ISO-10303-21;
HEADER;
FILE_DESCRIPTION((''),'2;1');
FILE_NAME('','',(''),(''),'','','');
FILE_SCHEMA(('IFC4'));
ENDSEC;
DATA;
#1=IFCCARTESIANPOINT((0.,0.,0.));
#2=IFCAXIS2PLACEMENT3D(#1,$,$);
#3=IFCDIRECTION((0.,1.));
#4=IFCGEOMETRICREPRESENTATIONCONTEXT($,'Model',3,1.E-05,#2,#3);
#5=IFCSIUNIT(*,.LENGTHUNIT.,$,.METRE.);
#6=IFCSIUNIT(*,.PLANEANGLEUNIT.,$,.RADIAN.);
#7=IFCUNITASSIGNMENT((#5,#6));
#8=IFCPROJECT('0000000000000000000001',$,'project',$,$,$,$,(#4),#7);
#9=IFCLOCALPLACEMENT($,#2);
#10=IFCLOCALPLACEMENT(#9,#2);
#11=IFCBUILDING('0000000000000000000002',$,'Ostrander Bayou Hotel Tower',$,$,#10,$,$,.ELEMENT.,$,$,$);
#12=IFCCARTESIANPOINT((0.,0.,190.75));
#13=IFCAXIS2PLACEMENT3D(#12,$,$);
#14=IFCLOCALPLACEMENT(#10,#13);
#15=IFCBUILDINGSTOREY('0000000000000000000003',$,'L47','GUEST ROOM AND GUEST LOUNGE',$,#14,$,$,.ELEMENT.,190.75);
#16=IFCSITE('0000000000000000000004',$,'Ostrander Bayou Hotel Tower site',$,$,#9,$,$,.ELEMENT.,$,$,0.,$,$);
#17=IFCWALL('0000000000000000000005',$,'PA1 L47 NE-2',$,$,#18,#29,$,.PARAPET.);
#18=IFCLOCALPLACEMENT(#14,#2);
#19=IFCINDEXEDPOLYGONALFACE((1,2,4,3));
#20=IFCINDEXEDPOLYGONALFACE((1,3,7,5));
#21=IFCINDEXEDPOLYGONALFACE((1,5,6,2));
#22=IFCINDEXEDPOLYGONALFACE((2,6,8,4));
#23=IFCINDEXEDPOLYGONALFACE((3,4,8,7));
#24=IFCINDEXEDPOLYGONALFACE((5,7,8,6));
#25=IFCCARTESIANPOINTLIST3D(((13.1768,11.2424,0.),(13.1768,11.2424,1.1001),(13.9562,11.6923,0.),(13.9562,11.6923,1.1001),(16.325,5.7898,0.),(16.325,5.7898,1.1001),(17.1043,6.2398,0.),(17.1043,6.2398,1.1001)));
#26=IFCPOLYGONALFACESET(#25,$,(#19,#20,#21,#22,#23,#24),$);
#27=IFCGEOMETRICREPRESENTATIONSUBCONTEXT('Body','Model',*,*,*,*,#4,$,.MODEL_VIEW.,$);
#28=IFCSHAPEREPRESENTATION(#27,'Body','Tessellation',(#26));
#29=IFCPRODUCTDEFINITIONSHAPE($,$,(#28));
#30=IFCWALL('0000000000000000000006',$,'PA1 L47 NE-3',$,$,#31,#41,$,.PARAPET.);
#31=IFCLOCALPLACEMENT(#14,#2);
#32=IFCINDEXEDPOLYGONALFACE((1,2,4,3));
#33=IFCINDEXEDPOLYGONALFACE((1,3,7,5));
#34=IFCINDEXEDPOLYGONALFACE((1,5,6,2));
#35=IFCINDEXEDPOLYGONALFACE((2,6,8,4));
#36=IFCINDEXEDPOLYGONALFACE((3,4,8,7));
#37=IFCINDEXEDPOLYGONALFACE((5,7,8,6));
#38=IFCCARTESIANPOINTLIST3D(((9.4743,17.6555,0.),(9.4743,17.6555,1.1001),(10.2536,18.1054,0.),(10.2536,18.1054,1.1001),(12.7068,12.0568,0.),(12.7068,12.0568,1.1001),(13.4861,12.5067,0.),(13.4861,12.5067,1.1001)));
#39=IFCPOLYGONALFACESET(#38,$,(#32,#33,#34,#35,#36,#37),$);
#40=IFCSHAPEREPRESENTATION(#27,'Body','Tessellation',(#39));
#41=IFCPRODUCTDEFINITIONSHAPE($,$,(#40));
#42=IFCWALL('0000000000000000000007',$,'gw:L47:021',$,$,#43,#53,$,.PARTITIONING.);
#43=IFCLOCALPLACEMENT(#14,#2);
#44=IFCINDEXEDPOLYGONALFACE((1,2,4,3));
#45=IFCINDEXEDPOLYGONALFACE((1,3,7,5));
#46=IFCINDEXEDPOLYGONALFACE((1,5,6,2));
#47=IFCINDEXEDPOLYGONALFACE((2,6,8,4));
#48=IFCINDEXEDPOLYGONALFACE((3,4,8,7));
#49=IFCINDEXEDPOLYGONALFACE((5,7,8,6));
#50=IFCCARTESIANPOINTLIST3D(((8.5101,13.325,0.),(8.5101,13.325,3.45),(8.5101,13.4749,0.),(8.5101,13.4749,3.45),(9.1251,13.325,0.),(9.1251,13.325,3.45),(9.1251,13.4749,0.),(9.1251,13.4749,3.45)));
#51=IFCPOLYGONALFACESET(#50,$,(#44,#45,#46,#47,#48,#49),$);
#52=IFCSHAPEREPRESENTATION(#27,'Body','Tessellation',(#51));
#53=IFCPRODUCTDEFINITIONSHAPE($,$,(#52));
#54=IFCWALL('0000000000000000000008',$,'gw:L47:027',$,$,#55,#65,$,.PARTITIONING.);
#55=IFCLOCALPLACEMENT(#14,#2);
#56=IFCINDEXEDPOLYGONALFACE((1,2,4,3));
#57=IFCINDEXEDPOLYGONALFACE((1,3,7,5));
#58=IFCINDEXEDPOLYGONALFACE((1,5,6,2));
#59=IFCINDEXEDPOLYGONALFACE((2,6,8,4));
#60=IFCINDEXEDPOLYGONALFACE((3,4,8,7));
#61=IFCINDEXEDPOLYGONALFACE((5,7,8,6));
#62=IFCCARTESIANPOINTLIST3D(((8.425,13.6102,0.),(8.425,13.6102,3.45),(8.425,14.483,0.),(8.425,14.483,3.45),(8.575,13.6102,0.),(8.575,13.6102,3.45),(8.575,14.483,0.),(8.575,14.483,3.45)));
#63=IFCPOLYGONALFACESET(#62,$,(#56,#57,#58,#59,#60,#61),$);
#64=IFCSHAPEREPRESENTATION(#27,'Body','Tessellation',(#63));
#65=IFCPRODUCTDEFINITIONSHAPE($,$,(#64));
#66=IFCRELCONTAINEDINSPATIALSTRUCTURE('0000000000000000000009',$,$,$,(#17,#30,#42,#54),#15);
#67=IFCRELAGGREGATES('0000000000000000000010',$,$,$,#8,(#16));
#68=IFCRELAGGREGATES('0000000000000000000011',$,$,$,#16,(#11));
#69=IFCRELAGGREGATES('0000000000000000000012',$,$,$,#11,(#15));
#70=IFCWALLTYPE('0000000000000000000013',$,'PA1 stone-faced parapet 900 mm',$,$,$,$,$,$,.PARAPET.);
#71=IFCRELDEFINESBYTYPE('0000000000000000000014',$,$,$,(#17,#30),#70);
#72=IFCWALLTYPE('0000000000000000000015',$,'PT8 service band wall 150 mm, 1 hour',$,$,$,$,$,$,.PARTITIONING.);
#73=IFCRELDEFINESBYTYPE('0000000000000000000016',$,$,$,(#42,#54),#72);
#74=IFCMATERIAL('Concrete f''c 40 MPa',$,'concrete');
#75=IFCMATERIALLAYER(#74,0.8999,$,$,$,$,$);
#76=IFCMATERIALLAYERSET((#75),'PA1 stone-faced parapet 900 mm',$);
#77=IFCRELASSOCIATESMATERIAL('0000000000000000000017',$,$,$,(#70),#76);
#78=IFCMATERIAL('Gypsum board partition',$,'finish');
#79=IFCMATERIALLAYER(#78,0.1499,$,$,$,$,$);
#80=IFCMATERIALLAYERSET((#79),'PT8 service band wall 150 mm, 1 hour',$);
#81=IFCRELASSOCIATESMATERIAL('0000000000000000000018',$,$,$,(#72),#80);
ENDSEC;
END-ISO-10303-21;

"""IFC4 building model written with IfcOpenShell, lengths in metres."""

from ifc_helpers import new_model, si_unit, direction, frame, frame_2d, origin, place, context, subcontext, project, spatial, rectangle, extrude, material, layer, layer_set, type_object, element, save


model = new_model("IFC4")

# Units and contexts
model_context = context("Model", 3, precision=1e-05, world=origin(), true_north=direction((0.0, 1.0)))
body_context = subcontext(model_context, "Body", "Model", "MODEL_VIEW")
ifc_project = project(units=[si_unit("LENGTHUNIT", "METRE"), si_unit("PLANEANGLEUNIT", "RADIAN")], contexts=[model_context])

# Site, building, storey
site_placement = place(None, origin())
site = spatial("IfcSite", under=ifc_project, at=site_placement, Name="Ostrander Bayou Hotel Tower site", CompositionType="ELEMENT", RefElevation=0.0)
building_placement = place(site_placement, origin())
building = spatial("IfcBuilding", under=site, at=building_placement, Name="Ostrander Bayou Hotel Tower", CompositionType="ELEMENT")
storey_placement = place(building_placement, frame((0.0, 0.0, 190.75)))
storey = spatial("IfcBuildingStorey", under=building, at=storey_placement, Name="L47", Description="GUEST ROOM AND GUEST LOUNGE", CompositionType="ELEMENT", Elevation=190.75)

# Walls
ifc_material_1 = material(Name="Concrete f'c 40 MPa", Category="concrete")
ifc_layer_1 = layer(ifc_material_1, 0.8999)
ifc_layer_set_1 = layer_set([ifc_layer_1], Name="PA1 stone-faced parapet 900 mm")
wall_type_1 = type_object("IfcWallType", Name="PA1 stone-faced parapet 900 mm", PredefinedType="PARAPET", material=ifc_layer_set_1)
wall_1_placement = place(storey_placement, frame((16.7146, 6.0149, 0.0), z_axis=(0.0, 0.0, 1.0), x_axis=(-0.500013, 0.866018, 0.0)))
element("IfcWall", 1, at=wall_1_placement, inside=storey, type_object=wall_type_1, Name="PA1 L47 NE-2", PredefinedType="PARAPET", context=body_context, shape_type="SweptSolid", body=[
    extrude(rectangle(XDim=6.2961, YDim=0.8999, at=frame_2d((3.1479, 0.0))), origin(), (0.0, 0.0, 1.0), 1.1001),
])
wall_2_placement = place(storey_placement, frame((13.0964, 12.2817, 0.0), z_axis=(0.0, 0.0, 1.0), x_axis=(-0.500006, 0.866022, 0.0)))
element("IfcWall", 2, at=wall_2_placement, inside=storey, type_object=wall_type_1, Name="PA1 L47 NE-3", PredefinedType="PARAPET", context=body_context, shape_type="SweptSolid", body=[
    extrude(rectangle(XDim=6.4648, YDim=0.8999, at=frame_2d((3.2324, 0.0))), origin(), (0.0, 0.0, 1.0), 1.1001),
])

# Walls
ifc_material_2 = material(Name="Gypsum board partition", Category="finish")
ifc_layer_2 = layer(ifc_material_2, 0.1499)
ifc_layer_set_2 = layer_set([ifc_layer_2], Name="PT8 service band wall 150 mm, 1 hour")
wall_type_2 = type_object("IfcWallType", Name="PT8 service band wall 150 mm, 1 hour", PredefinedType="PARTITIONING", material=ifc_layer_set_2)
wall_3_placement = place(storey_placement, frame((8.51, 13.3999, 0.0), z_axis=(0.0, 0.0, 1.0), x_axis=(1.0, 0.0, 0.0)))
element("IfcWall", 3, at=wall_3_placement, inside=storey, type_object=wall_type_2, Name="gw:L47:021", PredefinedType="PARTITIONING", context=body_context, shape_type="SweptSolid", body=[
    extrude(rectangle(XDim=0.615, YDim=0.1499, at=frame_2d((0.3076, 0.0))), origin(), (0.0, 0.0, 1.0), 3.45),
])
wall_4_placement = place(storey_placement, frame((8.5, 13.6101, 0.0), z_axis=(0.0, 0.0, 1.0), x_axis=(0.0, 1.0, 0.0)))
element("IfcWall", 4, at=wall_4_placement, inside=storey, type_object=wall_type_2, Name="gw:L47:027", PredefinedType="PARTITIONING", context=body_context, shape_type="SweptSolid", body=[
    extrude(rectangle(XDim=0.8728, YDim=0.1499, at=frame_2d((0.4365, 0.0))), origin(), (0.0, 0.0, 1.0), 3.45),
])

save(model, "model.ifc")
